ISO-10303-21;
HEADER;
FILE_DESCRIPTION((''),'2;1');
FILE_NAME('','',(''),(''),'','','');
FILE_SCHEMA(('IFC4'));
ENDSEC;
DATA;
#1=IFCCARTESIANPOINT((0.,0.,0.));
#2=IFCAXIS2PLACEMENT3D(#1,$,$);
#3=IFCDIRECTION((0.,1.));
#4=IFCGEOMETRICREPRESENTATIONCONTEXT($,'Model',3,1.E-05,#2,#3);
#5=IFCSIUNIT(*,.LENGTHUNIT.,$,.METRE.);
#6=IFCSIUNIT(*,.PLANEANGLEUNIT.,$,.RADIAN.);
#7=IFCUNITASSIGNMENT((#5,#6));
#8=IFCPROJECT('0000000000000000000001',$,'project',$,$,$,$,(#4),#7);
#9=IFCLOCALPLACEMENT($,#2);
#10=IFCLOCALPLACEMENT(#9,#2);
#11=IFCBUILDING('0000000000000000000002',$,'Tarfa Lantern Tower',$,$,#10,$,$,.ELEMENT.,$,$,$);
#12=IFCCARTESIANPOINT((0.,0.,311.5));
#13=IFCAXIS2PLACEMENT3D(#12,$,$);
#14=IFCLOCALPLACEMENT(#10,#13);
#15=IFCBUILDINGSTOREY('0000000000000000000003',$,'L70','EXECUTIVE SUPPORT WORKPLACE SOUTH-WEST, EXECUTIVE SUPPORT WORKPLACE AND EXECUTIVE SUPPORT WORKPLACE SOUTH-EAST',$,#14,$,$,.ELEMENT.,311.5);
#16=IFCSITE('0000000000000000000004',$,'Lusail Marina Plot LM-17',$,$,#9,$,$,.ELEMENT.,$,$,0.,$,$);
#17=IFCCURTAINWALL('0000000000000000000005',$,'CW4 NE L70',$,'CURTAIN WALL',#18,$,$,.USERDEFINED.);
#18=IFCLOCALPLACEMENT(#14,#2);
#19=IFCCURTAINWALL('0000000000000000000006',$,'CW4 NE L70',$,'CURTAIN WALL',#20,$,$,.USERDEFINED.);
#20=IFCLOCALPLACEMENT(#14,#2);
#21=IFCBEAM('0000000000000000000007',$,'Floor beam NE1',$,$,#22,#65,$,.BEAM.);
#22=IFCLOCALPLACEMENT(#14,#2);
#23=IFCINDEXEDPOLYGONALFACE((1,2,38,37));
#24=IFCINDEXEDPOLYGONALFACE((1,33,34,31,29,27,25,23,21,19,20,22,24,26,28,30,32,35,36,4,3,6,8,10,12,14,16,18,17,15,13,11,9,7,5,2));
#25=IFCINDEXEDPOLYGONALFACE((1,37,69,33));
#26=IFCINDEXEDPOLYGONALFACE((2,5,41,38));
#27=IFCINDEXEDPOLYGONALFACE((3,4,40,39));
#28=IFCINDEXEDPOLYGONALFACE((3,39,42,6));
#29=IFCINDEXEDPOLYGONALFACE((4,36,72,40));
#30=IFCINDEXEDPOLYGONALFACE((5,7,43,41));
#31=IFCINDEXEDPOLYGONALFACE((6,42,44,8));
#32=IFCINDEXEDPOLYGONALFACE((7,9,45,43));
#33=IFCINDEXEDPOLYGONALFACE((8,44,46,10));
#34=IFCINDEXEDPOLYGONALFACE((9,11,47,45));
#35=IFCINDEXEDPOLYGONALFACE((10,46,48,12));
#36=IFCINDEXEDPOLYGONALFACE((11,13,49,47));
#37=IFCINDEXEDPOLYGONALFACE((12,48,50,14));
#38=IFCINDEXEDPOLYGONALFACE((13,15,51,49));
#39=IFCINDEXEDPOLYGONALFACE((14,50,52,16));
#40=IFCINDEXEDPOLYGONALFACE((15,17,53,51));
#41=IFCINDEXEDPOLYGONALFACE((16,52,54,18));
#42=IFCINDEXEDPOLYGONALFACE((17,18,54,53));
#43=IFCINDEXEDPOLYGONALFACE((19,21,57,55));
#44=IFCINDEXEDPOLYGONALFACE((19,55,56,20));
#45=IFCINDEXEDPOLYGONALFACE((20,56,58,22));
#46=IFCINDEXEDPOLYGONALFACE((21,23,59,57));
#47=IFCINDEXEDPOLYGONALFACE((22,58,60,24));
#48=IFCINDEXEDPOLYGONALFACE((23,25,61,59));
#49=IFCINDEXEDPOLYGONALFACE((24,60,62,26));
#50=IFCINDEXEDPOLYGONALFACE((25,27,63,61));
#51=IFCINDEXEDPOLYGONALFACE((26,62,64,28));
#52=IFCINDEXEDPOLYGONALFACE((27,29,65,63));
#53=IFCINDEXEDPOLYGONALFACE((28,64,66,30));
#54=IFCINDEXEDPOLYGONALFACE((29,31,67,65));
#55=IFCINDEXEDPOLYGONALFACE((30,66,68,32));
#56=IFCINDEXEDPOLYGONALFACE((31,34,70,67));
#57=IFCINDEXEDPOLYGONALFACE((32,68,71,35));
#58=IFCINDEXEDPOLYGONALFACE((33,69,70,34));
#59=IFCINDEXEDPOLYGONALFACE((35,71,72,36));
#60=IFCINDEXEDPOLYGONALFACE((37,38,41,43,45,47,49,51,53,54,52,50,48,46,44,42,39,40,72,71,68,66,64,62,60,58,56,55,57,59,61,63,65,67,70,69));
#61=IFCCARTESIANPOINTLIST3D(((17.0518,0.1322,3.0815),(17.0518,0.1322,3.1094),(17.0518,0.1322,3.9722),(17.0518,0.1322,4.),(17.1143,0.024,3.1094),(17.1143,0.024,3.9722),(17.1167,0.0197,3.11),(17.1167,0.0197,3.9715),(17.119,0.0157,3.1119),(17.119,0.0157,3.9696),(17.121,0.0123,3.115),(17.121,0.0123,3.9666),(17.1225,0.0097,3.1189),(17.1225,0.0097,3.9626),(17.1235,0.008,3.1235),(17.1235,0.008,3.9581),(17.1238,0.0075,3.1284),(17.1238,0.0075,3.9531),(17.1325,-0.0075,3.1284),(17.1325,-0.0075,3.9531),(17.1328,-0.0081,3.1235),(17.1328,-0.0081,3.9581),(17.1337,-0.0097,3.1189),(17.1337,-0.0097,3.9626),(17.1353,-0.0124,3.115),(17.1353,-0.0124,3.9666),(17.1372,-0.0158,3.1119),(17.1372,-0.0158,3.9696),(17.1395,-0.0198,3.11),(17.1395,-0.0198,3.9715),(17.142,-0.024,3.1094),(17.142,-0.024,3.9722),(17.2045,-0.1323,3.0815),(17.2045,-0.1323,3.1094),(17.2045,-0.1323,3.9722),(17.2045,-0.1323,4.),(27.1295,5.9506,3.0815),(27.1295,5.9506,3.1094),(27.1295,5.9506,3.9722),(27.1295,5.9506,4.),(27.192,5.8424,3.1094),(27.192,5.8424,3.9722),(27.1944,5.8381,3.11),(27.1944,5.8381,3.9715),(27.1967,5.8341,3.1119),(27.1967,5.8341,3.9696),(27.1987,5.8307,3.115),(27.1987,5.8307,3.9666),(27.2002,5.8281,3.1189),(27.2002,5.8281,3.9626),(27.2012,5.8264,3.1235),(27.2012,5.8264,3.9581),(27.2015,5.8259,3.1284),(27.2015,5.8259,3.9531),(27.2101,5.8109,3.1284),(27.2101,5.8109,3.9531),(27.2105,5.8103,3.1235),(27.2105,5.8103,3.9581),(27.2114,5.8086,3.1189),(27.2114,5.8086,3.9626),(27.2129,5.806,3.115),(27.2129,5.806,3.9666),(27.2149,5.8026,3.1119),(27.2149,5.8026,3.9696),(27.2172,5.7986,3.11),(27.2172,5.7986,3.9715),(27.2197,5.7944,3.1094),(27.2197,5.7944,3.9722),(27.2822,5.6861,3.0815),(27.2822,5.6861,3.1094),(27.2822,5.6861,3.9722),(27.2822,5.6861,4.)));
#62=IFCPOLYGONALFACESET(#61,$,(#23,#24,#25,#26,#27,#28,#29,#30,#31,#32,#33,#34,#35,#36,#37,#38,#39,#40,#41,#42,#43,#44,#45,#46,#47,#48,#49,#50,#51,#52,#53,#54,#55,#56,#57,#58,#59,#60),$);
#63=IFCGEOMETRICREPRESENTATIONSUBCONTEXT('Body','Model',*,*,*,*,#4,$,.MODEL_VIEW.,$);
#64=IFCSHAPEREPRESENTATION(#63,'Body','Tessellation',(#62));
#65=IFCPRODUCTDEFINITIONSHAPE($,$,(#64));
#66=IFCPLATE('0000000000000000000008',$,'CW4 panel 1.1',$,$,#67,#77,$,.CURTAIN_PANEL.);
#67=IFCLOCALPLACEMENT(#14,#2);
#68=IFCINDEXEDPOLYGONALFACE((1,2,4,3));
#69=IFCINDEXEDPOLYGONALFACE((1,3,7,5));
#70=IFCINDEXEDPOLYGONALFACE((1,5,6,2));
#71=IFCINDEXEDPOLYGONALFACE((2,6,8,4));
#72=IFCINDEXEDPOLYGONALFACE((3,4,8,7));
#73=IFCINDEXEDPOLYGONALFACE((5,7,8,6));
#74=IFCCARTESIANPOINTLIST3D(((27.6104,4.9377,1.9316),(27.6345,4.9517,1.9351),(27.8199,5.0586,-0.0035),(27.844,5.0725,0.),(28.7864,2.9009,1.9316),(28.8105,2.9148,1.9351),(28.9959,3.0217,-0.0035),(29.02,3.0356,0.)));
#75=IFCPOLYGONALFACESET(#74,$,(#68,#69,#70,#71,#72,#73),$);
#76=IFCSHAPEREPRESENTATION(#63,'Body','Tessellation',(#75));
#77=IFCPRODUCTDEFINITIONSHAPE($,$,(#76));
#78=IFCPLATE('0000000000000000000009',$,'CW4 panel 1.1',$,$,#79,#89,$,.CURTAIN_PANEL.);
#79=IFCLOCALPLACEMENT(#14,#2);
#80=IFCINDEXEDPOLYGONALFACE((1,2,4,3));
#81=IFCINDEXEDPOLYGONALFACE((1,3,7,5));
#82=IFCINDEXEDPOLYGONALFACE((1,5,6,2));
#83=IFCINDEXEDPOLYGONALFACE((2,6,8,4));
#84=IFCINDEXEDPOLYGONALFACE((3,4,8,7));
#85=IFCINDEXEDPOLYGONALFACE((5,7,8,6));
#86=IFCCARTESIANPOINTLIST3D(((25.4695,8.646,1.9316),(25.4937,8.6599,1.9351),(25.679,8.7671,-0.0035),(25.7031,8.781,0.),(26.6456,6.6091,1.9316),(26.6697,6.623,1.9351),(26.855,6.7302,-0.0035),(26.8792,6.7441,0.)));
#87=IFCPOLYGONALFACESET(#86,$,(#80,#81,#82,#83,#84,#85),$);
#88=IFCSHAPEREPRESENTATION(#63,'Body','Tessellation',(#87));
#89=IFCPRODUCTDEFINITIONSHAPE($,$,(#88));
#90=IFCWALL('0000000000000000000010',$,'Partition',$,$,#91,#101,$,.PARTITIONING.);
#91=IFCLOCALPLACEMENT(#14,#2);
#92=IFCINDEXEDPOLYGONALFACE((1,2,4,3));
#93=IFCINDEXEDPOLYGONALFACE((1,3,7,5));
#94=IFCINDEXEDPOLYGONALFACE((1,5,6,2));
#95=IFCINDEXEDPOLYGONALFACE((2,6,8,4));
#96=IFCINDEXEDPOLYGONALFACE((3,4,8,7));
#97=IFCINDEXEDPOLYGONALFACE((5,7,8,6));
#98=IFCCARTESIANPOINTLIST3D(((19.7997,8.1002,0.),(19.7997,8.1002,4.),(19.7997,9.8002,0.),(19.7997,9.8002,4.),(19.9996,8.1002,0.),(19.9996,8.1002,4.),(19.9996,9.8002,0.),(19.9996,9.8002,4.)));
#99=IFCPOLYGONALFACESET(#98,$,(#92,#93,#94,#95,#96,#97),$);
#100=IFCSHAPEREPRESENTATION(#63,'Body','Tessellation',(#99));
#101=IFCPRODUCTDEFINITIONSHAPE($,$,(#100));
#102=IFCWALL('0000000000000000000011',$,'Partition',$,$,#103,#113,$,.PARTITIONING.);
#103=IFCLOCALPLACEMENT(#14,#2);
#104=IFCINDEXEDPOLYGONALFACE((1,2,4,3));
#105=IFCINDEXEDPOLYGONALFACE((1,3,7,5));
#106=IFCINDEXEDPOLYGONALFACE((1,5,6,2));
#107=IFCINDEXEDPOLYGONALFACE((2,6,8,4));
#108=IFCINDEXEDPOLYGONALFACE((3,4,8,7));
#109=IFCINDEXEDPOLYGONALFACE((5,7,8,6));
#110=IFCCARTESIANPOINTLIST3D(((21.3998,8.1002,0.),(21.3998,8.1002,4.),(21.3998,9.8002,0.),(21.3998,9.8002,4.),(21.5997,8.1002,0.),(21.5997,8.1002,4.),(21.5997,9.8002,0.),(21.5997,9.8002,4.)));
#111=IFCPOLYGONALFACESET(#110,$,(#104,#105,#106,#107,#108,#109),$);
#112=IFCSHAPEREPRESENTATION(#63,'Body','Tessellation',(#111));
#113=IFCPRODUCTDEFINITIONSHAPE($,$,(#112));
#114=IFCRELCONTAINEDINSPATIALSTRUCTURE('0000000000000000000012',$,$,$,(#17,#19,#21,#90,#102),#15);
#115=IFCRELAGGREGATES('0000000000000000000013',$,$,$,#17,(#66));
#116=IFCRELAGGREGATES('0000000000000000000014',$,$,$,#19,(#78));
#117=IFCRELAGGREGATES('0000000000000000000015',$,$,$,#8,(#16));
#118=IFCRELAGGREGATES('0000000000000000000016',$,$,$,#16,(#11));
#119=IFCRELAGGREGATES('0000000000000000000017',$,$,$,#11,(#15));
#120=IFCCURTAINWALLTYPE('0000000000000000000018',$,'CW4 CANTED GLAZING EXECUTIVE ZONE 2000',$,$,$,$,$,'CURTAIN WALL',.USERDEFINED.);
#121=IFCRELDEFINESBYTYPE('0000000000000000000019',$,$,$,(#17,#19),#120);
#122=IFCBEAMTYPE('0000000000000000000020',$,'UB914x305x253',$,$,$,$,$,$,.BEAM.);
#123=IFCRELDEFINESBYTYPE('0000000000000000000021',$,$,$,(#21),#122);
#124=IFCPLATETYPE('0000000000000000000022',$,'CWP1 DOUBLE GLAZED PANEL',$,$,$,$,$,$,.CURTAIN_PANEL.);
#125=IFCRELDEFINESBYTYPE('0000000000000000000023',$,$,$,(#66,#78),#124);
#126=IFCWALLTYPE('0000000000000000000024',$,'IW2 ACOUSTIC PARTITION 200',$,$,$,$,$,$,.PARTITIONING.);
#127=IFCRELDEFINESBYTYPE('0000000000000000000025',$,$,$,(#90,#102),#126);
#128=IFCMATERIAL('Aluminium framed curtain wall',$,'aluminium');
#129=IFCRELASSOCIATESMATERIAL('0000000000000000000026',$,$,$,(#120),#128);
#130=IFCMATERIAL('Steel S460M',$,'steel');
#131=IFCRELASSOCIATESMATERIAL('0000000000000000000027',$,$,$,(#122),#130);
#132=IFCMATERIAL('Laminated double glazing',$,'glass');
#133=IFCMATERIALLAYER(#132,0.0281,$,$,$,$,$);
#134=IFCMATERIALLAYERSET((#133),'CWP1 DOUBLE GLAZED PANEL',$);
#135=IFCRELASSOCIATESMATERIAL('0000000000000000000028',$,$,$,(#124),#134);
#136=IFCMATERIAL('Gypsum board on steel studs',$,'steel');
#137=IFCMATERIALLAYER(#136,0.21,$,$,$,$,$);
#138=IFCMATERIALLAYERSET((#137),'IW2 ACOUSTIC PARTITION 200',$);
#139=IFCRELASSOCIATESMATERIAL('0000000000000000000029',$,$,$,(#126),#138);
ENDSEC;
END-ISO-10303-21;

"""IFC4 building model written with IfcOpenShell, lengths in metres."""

from ifc_helpers import new_model, si_unit, direction, frame, frame_2d, origin, origin_2d, place, context, subcontext, project, spatial, polyline, rectangle, i_section, outline, extrude, material, layer, layer_set, material_profile, profile_set, type_object, element, aggregate, save


model = new_model("IFC4")

# Units and contexts
model_context = context("Model", 3, precision=1e-05, world=origin(), true_north=direction((0.0, 1.0)))
body_context = subcontext(model_context, "Body", "Model", "MODEL_VIEW")
ifc_project = project(units=[si_unit("LENGTHUNIT", "METRE"), si_unit("PLANEANGLEUNIT", "RADIAN")], contexts=[model_context])

# Site, building, storey
site_placement = place(None, origin())
site = spatial("IfcSite", under=ifc_project, at=site_placement, Name="Lusail Marina Plot LM-17", CompositionType="ELEMENT", RefElevation=0.0)
building_placement = place(site_placement, origin())
building = spatial("IfcBuilding", under=site, at=building_placement, Name="Tarfa Lantern Tower", CompositionType="ELEMENT")
storey_placement = place(building_placement, frame((0.0, 0.0, 311.5)))
storey = spatial("IfcBuildingStorey", under=building, at=storey_placement, Name="L70", Description="EXECUTIVE SUPPORT WORKPLACE SOUTH-WEST, EXECUTIVE SUPPORT WORKPLACE AND EXECUTIVE SUPPORT WORKPLACE SOUTH-EAST", CompositionType="ELEMENT", Elevation=311.5)

# Shared definitions
ifc_material_1 = material(Name="Steel S460M", Category="steel")

# Curtain walls
ifc_material_2 = material(Name="Aluminium framed curtain wall", Category="aluminium")
curtain_wall_type = type_object("IfcCurtainWallType", Name="CW4 CANTED GLAZING EXECUTIVE ZONE 2000", ElementType="CURTAIN WALL", PredefinedType="USERDEFINED", material=ifc_material_2)
curtain_wall_1_placement = place(storey_placement, origin())
curtain_wall_1 = element("IfcCurtainWall", 1, at=curtain_wall_1_placement, inside=storey, type_object=curtain_wall_type, Name="CW4 NE L70", ObjectType="CURTAIN WALL", PredefinedType="USERDEFINED")
curtain_wall_2_placement = place(storey_placement, origin())
curtain_wall_2 = element("IfcCurtainWall", 2, at=curtain_wall_2_placement, inside=storey, type_object=curtain_wall_type, Name="CW4 NE L70", ObjectType="CURTAIN WALL", PredefinedType="USERDEFINED")

# Beam
ifc_material_profile_1 = material_profile(ifc_material_1, i_section(OverallWidth=0.3054, OverallDepth=0.9185, WebThickness=0.0173, FlangeThickness=0.0278, FilletRadius=0.019, at=origin_2d()), Name="UB914x305x253")
ifc_profile_set_1 = profile_set([ifc_material_profile_1], Name="Steel S460M")
beam_type_1 = type_object("IfcBeamType", Name="UB914x305x253", PredefinedType="BEAM", material=ifc_profile_set_1)
beam_1_placement = place(storey_placement, frame((27.2058, 5.8184, 3.5408), z_axis=(-0.866024, -0.500002, 0.0), x_axis=(0.500002, -0.866024, 0.0)))
element("IfcBeam", 3, at=beam_1_placement, inside=storey, type_object=beam_type_1, Name="Floor beam NE1", PredefinedType="BEAM", context=body_context, shape_type="SweptSolid", body=[
    extrude(i_section(OverallWidth=0.3054, OverallDepth=0.9185, WebThickness=0.0173, FlangeThickness=0.0278, FilletRadius=0.019, at=origin_2d()), origin(), (0.0, 0.0, 1.0), 11.6367),
])

# Plates
ifc_material_3 = material(Name="Laminated double glazing", Category="glass")
ifc_layer_1 = layer(ifc_material_3, 0.0281)
ifc_layer_set_1 = layer_set([ifc_layer_1], Name="CWP1 DOUBLE GLAZED PANEL")
plate_type = type_object("IfcPlateType", Name="CWP1 DOUBLE GLAZED PANEL", PredefinedType="CURTAIN_PANEL", material=ifc_layer_set_1)
plate_1_placement = place(storey_placement, frame((29.02, 3.0356, 0.0), z_axis=(0.859333, 0.496153, 0.12401), x_axis=(-0.500013, 0.866018, 0.0)))
plate_1 = element("IfcPlate", 4, at=plate_1_placement, type_object=plate_type, Name="CW4 panel 1.1", PredefinedType="CURTAIN_PANEL", context=body_context, shape_type="SweptSolid", body=[
    extrude(outline(polyline([(0.0, 0.0), (2.352, 0.0), (2.3521, 1.9501), (0.0001, 1.9501), (0.0, 0.0)])), origin(), (0.0, 0.0, -1.0), 0.0281),
])
aggregate(curtain_wall_1, [plate_1])
plate_2_placement = place(storey_placement, frame((26.8792, 6.7441, 0.0), z_axis=(0.859326, 0.49615, 0.124072), x_axis=(-0.500013, 0.866018, 0.0)))
plate_2 = element("IfcPlate", 5, at=plate_2_placement, type_object=plate_type, Name="CW4 panel 1.1", PredefinedType="CURTAIN_PANEL", context=body_context, shape_type="SweptSolid", body=[
    extrude(outline(polyline([(0.0, 0.0), (2.352, 0.0), (2.3519, 1.9501), (-0.0001, 1.9501), (0.0, 0.0)])), origin(), (0.0, 0.0, -1.0), 0.0281),
])
aggregate(curtain_wall_2, [plate_2])

# Walls
ifc_material_4 = material(Name="Gypsum board on steel studs", Category="steel")
ifc_layer_2 = layer(ifc_material_4, 0.21)
ifc_layer_set_2 = layer_set([ifc_layer_2], Name="IW2 ACOUSTIC PARTITION 200")
wall_type = type_object("IfcWallType", Name="IW2 ACOUSTIC PARTITION 200", PredefinedType="PARTITIONING", material=ifc_layer_set_2)
for number, where, z_axis, x_axis, name in (
    (6, (19.8997, 8.1001, 0.0), (0.0, 0.0, 1.0), (0.0, 1.0, 0.0), "Partition"),
    (7, (21.4998, 8.1001, 0.0), (0.0, 0.0, 1.0), (0.0, 1.0, 0.0), "Partition"),
):
    element("IfcWall", number, at=place(storey_placement, frame(where, z_axis=z_axis, x_axis=x_axis)), inside=storey, type_object=wall_type, Name=name, PredefinedType="PARTITIONING", context=body_context, shape_type="SweptSolid", body=[
        extrude(rectangle(XDim=1.7, YDim=0.2, at=frame_2d((0.8501, 0.0))), origin(), (0.0, 0.0, 1.0), 4.0),
    ])

save(model, "model.ifc")
